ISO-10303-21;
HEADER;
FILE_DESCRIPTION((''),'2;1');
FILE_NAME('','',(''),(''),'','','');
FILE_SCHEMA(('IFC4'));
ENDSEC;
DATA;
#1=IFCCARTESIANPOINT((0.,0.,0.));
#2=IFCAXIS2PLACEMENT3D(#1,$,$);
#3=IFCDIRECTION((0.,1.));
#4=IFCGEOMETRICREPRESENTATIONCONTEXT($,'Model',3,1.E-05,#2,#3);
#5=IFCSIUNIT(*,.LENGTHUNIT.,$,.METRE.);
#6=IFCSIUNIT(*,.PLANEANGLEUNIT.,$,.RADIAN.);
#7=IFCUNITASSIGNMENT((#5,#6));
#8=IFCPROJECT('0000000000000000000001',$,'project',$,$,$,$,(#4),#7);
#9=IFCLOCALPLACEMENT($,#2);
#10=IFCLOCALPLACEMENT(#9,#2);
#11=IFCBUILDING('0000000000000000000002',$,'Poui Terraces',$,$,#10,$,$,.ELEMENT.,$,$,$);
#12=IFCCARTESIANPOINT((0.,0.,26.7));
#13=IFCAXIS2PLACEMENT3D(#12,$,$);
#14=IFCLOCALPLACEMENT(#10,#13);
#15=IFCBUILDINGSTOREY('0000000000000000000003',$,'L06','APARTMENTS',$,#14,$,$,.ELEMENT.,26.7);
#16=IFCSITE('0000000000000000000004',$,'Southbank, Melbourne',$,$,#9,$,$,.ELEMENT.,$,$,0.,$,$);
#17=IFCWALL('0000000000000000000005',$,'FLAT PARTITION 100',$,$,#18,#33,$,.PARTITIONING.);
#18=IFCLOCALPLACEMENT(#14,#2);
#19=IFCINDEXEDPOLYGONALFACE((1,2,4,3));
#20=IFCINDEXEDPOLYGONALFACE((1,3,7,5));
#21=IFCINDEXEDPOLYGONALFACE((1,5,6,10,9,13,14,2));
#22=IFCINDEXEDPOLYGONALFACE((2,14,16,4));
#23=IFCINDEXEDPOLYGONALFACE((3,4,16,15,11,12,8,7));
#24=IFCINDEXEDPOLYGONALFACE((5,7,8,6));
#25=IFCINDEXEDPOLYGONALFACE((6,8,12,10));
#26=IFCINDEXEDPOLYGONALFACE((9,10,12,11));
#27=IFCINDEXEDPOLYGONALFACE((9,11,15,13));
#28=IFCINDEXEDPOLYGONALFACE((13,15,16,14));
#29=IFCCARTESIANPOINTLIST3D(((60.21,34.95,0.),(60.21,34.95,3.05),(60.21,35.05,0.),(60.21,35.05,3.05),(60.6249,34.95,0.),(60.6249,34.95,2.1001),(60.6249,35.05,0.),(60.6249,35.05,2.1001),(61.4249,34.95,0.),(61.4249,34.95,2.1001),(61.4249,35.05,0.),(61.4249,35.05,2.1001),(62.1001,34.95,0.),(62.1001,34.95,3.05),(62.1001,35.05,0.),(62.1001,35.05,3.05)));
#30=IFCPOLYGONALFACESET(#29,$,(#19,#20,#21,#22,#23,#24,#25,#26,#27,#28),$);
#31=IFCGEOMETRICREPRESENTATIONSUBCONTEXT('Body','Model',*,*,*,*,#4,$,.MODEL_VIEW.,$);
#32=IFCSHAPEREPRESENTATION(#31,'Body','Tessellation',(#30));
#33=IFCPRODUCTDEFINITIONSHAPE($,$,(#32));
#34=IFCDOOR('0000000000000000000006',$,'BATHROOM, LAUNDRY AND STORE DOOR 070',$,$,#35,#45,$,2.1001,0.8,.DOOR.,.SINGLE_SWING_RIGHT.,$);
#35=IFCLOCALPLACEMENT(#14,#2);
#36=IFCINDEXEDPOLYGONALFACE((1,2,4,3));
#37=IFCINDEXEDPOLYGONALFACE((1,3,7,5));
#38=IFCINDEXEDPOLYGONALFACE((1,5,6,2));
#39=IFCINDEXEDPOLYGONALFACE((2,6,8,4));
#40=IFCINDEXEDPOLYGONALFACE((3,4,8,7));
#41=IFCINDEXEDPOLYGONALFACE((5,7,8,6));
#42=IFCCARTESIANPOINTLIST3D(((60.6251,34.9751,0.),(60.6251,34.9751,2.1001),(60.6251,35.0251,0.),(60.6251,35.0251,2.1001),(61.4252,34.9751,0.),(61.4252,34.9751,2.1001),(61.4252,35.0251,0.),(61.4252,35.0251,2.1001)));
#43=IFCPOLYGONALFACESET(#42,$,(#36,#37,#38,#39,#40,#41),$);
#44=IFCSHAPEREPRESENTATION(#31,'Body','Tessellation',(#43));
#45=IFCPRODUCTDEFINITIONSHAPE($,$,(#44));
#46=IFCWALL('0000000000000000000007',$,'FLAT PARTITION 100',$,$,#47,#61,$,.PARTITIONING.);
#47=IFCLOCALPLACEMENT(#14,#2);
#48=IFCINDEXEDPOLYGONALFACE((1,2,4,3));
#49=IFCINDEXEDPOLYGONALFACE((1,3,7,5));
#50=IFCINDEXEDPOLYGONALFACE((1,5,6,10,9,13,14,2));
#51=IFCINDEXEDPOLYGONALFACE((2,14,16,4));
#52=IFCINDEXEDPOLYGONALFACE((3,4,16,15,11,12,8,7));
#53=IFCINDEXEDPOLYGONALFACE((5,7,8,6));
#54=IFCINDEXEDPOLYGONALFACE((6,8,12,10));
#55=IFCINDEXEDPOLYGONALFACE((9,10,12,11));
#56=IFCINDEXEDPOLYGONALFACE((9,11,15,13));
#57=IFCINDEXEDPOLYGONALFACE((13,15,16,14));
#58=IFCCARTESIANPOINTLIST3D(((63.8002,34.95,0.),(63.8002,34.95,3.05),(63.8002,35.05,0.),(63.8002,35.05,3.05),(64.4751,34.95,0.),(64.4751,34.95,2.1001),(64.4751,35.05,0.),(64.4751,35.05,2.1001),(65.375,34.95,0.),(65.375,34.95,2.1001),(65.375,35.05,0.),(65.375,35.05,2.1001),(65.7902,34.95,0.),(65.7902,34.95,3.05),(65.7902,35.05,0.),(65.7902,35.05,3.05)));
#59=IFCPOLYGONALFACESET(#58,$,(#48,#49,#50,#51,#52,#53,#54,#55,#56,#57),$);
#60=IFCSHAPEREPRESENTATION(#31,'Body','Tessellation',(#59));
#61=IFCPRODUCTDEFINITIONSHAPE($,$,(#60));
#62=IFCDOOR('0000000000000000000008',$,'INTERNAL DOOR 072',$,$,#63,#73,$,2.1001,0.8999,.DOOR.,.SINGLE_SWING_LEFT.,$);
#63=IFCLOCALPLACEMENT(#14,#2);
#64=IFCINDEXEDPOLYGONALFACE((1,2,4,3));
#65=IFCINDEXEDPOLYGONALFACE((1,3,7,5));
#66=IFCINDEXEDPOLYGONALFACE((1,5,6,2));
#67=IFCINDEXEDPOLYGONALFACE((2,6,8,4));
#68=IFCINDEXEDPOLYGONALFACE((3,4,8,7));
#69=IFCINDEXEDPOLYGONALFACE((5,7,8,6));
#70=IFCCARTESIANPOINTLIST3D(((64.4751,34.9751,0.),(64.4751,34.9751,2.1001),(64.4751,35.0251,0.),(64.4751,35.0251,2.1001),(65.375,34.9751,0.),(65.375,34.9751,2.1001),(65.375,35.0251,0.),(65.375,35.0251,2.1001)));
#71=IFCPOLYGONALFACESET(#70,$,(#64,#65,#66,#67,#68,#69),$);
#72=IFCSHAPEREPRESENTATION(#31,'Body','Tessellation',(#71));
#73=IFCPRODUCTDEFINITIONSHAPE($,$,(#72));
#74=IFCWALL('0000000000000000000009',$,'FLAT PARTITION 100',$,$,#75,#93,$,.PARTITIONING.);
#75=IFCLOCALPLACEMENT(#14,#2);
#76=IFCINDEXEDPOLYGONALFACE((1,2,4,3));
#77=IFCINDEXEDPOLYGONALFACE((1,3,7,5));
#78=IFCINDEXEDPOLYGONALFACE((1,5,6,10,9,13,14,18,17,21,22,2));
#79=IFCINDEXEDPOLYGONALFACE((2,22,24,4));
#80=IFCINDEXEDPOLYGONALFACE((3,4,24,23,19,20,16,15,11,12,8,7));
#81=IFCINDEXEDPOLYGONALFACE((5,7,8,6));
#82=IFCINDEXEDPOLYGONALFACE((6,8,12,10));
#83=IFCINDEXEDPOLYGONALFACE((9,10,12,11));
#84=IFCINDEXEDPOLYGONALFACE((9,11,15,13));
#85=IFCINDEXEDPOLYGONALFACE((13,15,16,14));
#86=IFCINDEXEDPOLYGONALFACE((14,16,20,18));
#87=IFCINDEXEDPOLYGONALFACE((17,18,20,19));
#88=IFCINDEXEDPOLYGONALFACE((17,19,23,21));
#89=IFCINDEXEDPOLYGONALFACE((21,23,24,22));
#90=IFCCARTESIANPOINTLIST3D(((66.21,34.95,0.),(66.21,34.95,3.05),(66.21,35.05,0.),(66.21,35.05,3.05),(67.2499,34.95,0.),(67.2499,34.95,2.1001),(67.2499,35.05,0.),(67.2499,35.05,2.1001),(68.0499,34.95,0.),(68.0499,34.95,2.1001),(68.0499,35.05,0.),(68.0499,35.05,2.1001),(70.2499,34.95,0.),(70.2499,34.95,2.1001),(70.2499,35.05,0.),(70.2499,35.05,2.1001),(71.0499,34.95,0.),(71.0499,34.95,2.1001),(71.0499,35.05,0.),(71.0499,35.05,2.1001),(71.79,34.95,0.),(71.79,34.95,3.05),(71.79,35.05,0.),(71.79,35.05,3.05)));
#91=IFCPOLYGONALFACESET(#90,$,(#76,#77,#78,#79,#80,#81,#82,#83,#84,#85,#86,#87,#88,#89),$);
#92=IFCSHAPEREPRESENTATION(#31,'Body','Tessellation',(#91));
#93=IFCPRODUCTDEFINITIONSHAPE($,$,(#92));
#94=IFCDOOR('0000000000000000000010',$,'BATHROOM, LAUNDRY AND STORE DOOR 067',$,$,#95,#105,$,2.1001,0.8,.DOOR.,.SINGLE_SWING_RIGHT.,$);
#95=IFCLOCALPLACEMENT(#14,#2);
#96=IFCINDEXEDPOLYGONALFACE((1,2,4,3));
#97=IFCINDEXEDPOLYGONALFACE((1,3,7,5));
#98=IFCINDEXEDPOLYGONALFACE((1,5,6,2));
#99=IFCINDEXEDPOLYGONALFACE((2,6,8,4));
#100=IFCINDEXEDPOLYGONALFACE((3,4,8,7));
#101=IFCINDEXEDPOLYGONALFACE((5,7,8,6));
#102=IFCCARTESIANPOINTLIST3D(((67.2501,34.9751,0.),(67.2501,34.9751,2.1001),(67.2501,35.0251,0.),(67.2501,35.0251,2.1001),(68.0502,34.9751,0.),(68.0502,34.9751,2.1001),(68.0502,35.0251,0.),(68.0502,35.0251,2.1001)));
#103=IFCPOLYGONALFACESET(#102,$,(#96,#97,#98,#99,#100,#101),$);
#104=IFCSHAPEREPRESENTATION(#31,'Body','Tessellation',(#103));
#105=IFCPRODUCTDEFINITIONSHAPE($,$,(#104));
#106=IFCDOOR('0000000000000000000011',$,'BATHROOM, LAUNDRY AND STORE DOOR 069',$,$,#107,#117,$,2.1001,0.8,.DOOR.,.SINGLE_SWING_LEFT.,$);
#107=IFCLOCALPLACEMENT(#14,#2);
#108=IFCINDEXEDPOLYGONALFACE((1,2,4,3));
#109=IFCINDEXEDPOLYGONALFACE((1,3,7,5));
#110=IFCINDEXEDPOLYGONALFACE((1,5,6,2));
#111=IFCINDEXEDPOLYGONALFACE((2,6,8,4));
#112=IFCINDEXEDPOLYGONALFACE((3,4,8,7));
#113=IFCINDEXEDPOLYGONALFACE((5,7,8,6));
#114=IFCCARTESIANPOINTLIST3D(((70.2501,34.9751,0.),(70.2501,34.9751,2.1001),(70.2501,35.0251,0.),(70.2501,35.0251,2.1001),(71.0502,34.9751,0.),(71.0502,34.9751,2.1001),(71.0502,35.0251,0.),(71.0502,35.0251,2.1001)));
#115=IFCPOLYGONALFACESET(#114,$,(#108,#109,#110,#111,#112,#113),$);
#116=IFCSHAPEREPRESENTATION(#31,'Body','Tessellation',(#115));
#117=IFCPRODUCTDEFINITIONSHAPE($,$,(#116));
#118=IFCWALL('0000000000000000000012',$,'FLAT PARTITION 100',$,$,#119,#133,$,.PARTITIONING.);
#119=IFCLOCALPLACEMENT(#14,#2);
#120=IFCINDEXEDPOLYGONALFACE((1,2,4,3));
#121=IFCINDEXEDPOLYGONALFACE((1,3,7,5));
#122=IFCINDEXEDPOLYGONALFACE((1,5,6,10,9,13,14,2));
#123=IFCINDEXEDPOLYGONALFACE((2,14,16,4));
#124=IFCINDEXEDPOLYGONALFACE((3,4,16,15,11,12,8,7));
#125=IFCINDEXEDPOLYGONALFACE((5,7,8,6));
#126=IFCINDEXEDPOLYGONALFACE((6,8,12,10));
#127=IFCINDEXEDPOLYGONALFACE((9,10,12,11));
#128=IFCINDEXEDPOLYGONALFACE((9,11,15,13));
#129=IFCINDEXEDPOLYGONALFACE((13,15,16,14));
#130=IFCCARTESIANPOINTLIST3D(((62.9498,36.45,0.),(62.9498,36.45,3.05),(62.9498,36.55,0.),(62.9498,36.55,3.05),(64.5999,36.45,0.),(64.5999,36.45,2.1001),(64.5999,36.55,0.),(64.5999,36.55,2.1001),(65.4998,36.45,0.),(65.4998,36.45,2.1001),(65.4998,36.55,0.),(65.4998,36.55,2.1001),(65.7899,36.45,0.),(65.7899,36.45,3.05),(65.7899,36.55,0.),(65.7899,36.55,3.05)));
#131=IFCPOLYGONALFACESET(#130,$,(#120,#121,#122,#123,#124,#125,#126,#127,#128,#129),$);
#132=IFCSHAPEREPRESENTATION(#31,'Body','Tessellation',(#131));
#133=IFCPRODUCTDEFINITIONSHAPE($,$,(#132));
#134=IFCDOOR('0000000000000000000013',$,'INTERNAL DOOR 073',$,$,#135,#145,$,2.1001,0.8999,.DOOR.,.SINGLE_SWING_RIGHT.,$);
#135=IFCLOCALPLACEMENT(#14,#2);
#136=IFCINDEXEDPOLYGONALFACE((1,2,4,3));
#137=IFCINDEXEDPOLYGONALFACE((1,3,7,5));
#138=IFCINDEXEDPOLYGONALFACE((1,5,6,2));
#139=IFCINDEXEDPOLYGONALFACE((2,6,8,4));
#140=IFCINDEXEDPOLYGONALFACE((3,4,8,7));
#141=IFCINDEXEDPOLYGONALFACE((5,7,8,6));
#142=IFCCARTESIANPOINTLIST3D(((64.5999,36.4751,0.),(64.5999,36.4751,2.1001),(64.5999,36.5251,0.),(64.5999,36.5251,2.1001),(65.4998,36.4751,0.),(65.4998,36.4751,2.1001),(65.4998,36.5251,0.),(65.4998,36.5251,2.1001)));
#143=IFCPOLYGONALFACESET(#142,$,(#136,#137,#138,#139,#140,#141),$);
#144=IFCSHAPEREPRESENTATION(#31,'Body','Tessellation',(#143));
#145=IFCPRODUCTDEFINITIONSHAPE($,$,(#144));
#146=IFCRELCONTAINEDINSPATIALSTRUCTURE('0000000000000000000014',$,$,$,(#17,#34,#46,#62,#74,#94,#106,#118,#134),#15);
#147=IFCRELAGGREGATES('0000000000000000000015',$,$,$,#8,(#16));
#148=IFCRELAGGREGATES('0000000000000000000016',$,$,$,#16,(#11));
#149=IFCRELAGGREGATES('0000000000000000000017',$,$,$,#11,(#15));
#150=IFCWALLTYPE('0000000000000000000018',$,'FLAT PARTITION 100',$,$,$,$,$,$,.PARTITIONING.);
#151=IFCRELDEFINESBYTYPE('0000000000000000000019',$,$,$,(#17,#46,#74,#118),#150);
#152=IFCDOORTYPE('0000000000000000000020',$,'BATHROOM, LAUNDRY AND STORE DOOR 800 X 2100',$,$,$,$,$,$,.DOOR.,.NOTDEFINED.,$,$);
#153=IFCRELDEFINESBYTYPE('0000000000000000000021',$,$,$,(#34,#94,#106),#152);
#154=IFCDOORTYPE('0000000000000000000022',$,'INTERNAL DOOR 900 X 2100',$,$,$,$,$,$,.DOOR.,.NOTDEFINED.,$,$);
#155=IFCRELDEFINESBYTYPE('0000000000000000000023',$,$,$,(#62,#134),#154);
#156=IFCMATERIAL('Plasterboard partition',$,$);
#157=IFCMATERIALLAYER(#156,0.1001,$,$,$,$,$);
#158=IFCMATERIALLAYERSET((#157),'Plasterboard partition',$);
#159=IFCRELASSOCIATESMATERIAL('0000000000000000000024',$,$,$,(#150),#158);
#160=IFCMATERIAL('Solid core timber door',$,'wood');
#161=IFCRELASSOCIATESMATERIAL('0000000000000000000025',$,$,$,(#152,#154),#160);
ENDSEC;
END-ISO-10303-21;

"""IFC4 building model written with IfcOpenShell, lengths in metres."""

from ifc_helpers import new_model, si_unit, direction, frame, frame_2d, origin, place, context, subcontext, project, spatial, rectangle, extrude, material, layer, layer_set, type_object, element, fill, save


model = new_model("IFC4")

# Units and contexts
model_context = context("Model", 3, precision=1e-05, world=origin(), true_north=direction((0.0, 1.0)))
body_context = subcontext(model_context, "Body", "Model", "MODEL_VIEW")
ifc_project = project(units=[si_unit("LENGTHUNIT", "METRE"), si_unit("PLANEANGLEUNIT", "RADIAN")], contexts=[model_context])

# Site, building, storey
site_placement = place(None, origin())
site = spatial("IfcSite", under=ifc_project, at=site_placement, Name="Southbank, Melbourne", CompositionType="ELEMENT", RefElevation=0.0)
building_placement = place(site_placement, origin())
building = spatial("IfcBuilding", under=site, at=building_placement, Name="Poui Terraces", CompositionType="ELEMENT")
storey_placement = place(building_placement, frame((0.0, 0.0, 26.7)))
storey = spatial("IfcBuildingStorey", under=building, at=storey_placement, Name="L06", Description="APARTMENTS", CompositionType="ELEMENT", Elevation=26.7)

# Walls, openings, doors
ifc_material_1 = material(Name="Plasterboard partition")
ifc_layer_1 = layer(ifc_material_1, 0.1001)
ifc_layer_set_1 = layer_set([ifc_layer_1], Name="Plasterboard partition")
wall_type_1 = type_object("IfcWallType", Name="FLAT PARTITION 100", PredefinedType="PARTITIONING", material=ifc_layer_set_1)
wall_1_placement = place(storey_placement, frame((60.21, 35.0, 0.0), z_axis=(0.0, 0.0, 1.0), x_axis=(1.0, 0.0, 0.0)))
wall_1 = element("IfcWall", 1, at=wall_1_placement, inside=storey, type_object=wall_type_1, Name="FLAT PARTITION 100", PredefinedType="PARTITIONING", context=body_context, shape_type="SweptSolid", body=[
    extrude(rectangle(XDim=1.8901, YDim=0.1001, at=frame_2d((0.9451, 0.0))), origin(), (0.0, 0.0, 1.0), 3.05),
])
opening_1_placement = place(wall_1_placement, frame((0.415, 0.0, 0.0)))
opening_1 = element("IfcOpeningElement", 2, at=opening_1_placement, cuts=wall_1, PredefinedType="OPENING", context=body_context, shape_type="SweptSolid", body=[
    extrude(rectangle(XDim=0.8, YDim=2.1001, at=frame_2d((0.3999, 1.05))), frame((0.0, 0.0601, 0.0), z_axis=(0.0, -1.0, 0.0), x_axis=(1.0, 0.0, 0.0)), (0.0, 0.0, 1.0), 0.1201),
])
ifc_material_2 = material(Name="Solid core timber door", Category="wood")
door_type_1 = type_object("IfcDoorType", Name="BATHROOM, LAUNDRY AND STORE DOOR 800 X 2100", OperationType="NOTDEFINED", PredefinedType="DOOR", material=ifc_material_2)
door_1_placement = place(opening_1_placement, frame((0.8, 0.0, 0.0), z_axis=(0.0, 0.0, 1.0), x_axis=(-1.0, 0.0, 0.0)))
door_1 = element("IfcDoor", 3, at=door_1_placement, inside=storey, type_object=door_type_1, Name="BATHROOM, LAUNDRY AND STORE DOOR 070", OperationType="SINGLE_SWING_RIGHT", OverallHeight=2.1001, OverallWidth=0.8, PredefinedType="DOOR", context=body_context, shape_type="SweptSolid", body=[
    extrude(rectangle(XDim=0.8, YDim=2.1001, at=frame_2d((0.3999, 1.05))), frame((0.0, 0.0249, 0.0), z_axis=(0.0, -1.0, 0.0), x_axis=(1.0, 0.0, 0.0)), (0.0, 0.0, 1.0), 0.05),
])
fill(opening_1, door_1)
wall_2_placement = place(storey_placement, frame((63.8, 35.0, 0.0), z_axis=(0.0, 0.0, 1.0), x_axis=(1.0, 0.0, 0.0)))
wall_2 = element("IfcWall", 4, at=wall_2_placement, inside=storey, type_object=wall_type_1, Name="FLAT PARTITION 100", PredefinedType="PARTITIONING", context=body_context, shape_type="SweptSolid", body=[
    extrude(rectangle(XDim=1.99, YDim=0.1001, at=frame_2d((0.9951, 0.0))), origin(), (0.0, 0.0, 1.0), 3.05),
])
opening_2_placement = place(wall_2_placement, frame((0.675, 0.0, 0.0)))
opening_2 = element("IfcOpeningElement", 5, at=opening_2_placement, cuts=wall_2, PredefinedType="OPENING", context=body_context, shape_type="SweptSolid", body=[
    extrude(rectangle(XDim=0.8999, YDim=2.1001, at=frame_2d((0.45, 1.05))), frame((0.0, 0.0601, 0.0), z_axis=(0.0, -1.0, 0.0), x_axis=(1.0, 0.0, 0.0)), (0.0, 0.0, 1.0), 0.1201),
])
door_type_2 = type_object("IfcDoorType", Name="INTERNAL DOOR 900 X 2100", OperationType="NOTDEFINED", PredefinedType="DOOR", material=ifc_material_2)
door_2_placement = place(opening_2_placement, frame((0.8999, 0.0, 0.0), z_axis=(0.0, 0.0, 1.0), x_axis=(-1.0, 0.0, 0.0)))
door_2 = element("IfcDoor", 6, at=door_2_placement, inside=storey, type_object=door_type_2, Name="INTERNAL DOOR 072", OperationType="SINGLE_SWING_LEFT", OverallHeight=2.1001, OverallWidth=0.8999, PredefinedType="DOOR", context=body_context, shape_type="SweptSolid", body=[
    extrude(rectangle(XDim=0.8999, YDim=2.1001, at=frame_2d((0.45, 1.05))), frame((0.0, 0.0249, 0.0), z_axis=(0.0, -1.0, 0.0), x_axis=(1.0, 0.0, 0.0)), (0.0, 0.0, 1.0), 0.05),
])
fill(opening_2, door_2)

# Wall, openings, doors
wall_3_placement = place(storey_placement, frame((66.21, 35.0, 0.0), z_axis=(0.0, 0.0, 1.0), x_axis=(1.0, 0.0, 0.0)))
wall_3 = element("IfcWall", 7, at=wall_3_placement, inside=storey, type_object=wall_type_1, Name="FLAT PARTITION 100", PredefinedType="PARTITIONING", context=body_context, shape_type="SweptSolid", body=[
    extrude(rectangle(XDim=5.5801, YDim=0.1001, at=frame_2d((2.79, 0.0))), origin(), (0.0, 0.0, 1.0), 3.05),
])
opening_3_placement = place(wall_3_placement, frame((1.04, 0.0, 0.0)))
opening_3 = element("IfcOpeningElement", 8, at=opening_3_placement, cuts=wall_3, PredefinedType="OPENING", context=body_context, shape_type="SweptSolid", body=[
    extrude(rectangle(XDim=0.8, YDim=2.1001, at=frame_2d((0.3999, 1.05))), frame((0.0, 0.0601, 0.0), z_axis=(0.0, -1.0, 0.0), x_axis=(1.0, 0.0, 0.0)), (0.0, 0.0, 1.0), 0.1201),
])
opening_4_placement = place(wall_3_placement, frame((4.04, 0.0, 0.0)))
opening_4 = element("IfcOpeningElement", 9, at=opening_4_placement, cuts=wall_3, PredefinedType="OPENING", context=body_context, shape_type="SweptSolid", body=[
    extrude(rectangle(XDim=0.8, YDim=2.1001, at=frame_2d((0.3999, 1.05))), frame((0.0, 0.0601, 0.0), z_axis=(0.0, -1.0, 0.0), x_axis=(1.0, 0.0, 0.0)), (0.0, 0.0, 1.0), 0.1201),
])
door_3_placement = place(opening_3_placement, frame((0.8, 0.0, 0.0), z_axis=(0.0, 0.0, 1.0), x_axis=(-1.0, 0.0, 0.0)))
door_3 = element("IfcDoor", 10, at=door_3_placement, inside=storey, type_object=door_type_1, Name="BATHROOM, LAUNDRY AND STORE DOOR 067", OperationType="SINGLE_SWING_RIGHT", OverallHeight=2.1001, OverallWidth=0.8, PredefinedType="DOOR", context=body_context, shape_type="SweptSolid", body=[
    extrude(rectangle(XDim=0.8, YDim=2.1001, at=frame_2d((0.3999, 1.05))), frame((0.0, 0.0249, 0.0), z_axis=(0.0, -1.0, 0.0), x_axis=(1.0, 0.0, 0.0)), (0.0, 0.0, 1.0), 0.05),
])
fill(opening_3, door_3)
door_4_placement = place(opening_4_placement, frame((0.8, 0.0, 0.0), z_axis=(0.0, 0.0, 1.0), x_axis=(-1.0, 0.0, 0.0)))
door_4 = element("IfcDoor", 11, at=door_4_placement, inside=storey, type_object=door_type_1, Name="BATHROOM, LAUNDRY AND STORE DOOR 069", OperationType="SINGLE_SWING_LEFT", OverallHeight=2.1001, OverallWidth=0.8, PredefinedType="DOOR", context=body_context, shape_type="SweptSolid", body=[
    extrude(rectangle(XDim=0.8, YDim=2.1001, at=frame_2d((0.3999, 1.05))), frame((0.0, 0.0249, 0.0), z_axis=(0.0, -1.0, 0.0), x_axis=(1.0, 0.0, 0.0)), (0.0, 0.0, 1.0), 0.05),
])
fill(opening_4, door_4)

# Wall, opening, door
wall_4_placement = place(storey_placement, frame((62.95, 36.5, 0.0), z_axis=(0.0, 0.0, 1.0), x_axis=(1.0, 0.0, 0.0)))
wall_4 = element("IfcWall", 12, at=wall_4_placement, inside=storey, type_object=wall_type_1, Name="FLAT PARTITION 100", PredefinedType="PARTITIONING", context=body_context, shape_type="SweptSolid", body=[
    extrude(rectangle(XDim=2.8401, YDim=0.1001, at=frame_2d((1.4199, 0.0))), origin(), (0.0, 0.0, 1.0), 3.05),
])
opening_5_placement = place(wall_4_placement, frame((1.6499, 0.0, 0.0)))
opening_5 = element("IfcOpeningElement", 13, at=opening_5_placement, cuts=wall_4, PredefinedType="OPENING", context=body_context, shape_type="SweptSolid", body=[
    extrude(rectangle(XDim=0.8999, YDim=2.1001, at=frame_2d((0.45, 1.05))), frame((0.0, 0.0601, 0.0), z_axis=(0.0, -1.0, 0.0), x_axis=(1.0, 0.0, 0.0)), (0.0, 0.0, 1.0), 0.1201),
])
door_5_placement = place(opening_5_placement, frame((0.8999, 0.0, 0.0), z_axis=(0.0, 0.0, 1.0), x_axis=(-1.0, 0.0, 0.0)))
door_5 = element("IfcDoor", 14, at=door_5_placement, inside=storey, type_object=door_type_2, Name="INTERNAL DOOR 073", OperationType="SINGLE_SWING_RIGHT", OverallHeight=2.1001, OverallWidth=0.8999, PredefinedType="DOOR", context=body_context, shape_type="SweptSolid", body=[
    extrude(rectangle(XDim=0.8999, YDim=2.1001, at=frame_2d((0.45, 1.05))), frame((0.0, 0.0249, 0.0), z_axis=(0.0, -1.0, 0.0), x_axis=(1.0, 0.0, 0.0)), (0.0, 0.0, 1.0), 0.05),
])
fill(opening_5, door_5)

save(model, "model.ifc")
